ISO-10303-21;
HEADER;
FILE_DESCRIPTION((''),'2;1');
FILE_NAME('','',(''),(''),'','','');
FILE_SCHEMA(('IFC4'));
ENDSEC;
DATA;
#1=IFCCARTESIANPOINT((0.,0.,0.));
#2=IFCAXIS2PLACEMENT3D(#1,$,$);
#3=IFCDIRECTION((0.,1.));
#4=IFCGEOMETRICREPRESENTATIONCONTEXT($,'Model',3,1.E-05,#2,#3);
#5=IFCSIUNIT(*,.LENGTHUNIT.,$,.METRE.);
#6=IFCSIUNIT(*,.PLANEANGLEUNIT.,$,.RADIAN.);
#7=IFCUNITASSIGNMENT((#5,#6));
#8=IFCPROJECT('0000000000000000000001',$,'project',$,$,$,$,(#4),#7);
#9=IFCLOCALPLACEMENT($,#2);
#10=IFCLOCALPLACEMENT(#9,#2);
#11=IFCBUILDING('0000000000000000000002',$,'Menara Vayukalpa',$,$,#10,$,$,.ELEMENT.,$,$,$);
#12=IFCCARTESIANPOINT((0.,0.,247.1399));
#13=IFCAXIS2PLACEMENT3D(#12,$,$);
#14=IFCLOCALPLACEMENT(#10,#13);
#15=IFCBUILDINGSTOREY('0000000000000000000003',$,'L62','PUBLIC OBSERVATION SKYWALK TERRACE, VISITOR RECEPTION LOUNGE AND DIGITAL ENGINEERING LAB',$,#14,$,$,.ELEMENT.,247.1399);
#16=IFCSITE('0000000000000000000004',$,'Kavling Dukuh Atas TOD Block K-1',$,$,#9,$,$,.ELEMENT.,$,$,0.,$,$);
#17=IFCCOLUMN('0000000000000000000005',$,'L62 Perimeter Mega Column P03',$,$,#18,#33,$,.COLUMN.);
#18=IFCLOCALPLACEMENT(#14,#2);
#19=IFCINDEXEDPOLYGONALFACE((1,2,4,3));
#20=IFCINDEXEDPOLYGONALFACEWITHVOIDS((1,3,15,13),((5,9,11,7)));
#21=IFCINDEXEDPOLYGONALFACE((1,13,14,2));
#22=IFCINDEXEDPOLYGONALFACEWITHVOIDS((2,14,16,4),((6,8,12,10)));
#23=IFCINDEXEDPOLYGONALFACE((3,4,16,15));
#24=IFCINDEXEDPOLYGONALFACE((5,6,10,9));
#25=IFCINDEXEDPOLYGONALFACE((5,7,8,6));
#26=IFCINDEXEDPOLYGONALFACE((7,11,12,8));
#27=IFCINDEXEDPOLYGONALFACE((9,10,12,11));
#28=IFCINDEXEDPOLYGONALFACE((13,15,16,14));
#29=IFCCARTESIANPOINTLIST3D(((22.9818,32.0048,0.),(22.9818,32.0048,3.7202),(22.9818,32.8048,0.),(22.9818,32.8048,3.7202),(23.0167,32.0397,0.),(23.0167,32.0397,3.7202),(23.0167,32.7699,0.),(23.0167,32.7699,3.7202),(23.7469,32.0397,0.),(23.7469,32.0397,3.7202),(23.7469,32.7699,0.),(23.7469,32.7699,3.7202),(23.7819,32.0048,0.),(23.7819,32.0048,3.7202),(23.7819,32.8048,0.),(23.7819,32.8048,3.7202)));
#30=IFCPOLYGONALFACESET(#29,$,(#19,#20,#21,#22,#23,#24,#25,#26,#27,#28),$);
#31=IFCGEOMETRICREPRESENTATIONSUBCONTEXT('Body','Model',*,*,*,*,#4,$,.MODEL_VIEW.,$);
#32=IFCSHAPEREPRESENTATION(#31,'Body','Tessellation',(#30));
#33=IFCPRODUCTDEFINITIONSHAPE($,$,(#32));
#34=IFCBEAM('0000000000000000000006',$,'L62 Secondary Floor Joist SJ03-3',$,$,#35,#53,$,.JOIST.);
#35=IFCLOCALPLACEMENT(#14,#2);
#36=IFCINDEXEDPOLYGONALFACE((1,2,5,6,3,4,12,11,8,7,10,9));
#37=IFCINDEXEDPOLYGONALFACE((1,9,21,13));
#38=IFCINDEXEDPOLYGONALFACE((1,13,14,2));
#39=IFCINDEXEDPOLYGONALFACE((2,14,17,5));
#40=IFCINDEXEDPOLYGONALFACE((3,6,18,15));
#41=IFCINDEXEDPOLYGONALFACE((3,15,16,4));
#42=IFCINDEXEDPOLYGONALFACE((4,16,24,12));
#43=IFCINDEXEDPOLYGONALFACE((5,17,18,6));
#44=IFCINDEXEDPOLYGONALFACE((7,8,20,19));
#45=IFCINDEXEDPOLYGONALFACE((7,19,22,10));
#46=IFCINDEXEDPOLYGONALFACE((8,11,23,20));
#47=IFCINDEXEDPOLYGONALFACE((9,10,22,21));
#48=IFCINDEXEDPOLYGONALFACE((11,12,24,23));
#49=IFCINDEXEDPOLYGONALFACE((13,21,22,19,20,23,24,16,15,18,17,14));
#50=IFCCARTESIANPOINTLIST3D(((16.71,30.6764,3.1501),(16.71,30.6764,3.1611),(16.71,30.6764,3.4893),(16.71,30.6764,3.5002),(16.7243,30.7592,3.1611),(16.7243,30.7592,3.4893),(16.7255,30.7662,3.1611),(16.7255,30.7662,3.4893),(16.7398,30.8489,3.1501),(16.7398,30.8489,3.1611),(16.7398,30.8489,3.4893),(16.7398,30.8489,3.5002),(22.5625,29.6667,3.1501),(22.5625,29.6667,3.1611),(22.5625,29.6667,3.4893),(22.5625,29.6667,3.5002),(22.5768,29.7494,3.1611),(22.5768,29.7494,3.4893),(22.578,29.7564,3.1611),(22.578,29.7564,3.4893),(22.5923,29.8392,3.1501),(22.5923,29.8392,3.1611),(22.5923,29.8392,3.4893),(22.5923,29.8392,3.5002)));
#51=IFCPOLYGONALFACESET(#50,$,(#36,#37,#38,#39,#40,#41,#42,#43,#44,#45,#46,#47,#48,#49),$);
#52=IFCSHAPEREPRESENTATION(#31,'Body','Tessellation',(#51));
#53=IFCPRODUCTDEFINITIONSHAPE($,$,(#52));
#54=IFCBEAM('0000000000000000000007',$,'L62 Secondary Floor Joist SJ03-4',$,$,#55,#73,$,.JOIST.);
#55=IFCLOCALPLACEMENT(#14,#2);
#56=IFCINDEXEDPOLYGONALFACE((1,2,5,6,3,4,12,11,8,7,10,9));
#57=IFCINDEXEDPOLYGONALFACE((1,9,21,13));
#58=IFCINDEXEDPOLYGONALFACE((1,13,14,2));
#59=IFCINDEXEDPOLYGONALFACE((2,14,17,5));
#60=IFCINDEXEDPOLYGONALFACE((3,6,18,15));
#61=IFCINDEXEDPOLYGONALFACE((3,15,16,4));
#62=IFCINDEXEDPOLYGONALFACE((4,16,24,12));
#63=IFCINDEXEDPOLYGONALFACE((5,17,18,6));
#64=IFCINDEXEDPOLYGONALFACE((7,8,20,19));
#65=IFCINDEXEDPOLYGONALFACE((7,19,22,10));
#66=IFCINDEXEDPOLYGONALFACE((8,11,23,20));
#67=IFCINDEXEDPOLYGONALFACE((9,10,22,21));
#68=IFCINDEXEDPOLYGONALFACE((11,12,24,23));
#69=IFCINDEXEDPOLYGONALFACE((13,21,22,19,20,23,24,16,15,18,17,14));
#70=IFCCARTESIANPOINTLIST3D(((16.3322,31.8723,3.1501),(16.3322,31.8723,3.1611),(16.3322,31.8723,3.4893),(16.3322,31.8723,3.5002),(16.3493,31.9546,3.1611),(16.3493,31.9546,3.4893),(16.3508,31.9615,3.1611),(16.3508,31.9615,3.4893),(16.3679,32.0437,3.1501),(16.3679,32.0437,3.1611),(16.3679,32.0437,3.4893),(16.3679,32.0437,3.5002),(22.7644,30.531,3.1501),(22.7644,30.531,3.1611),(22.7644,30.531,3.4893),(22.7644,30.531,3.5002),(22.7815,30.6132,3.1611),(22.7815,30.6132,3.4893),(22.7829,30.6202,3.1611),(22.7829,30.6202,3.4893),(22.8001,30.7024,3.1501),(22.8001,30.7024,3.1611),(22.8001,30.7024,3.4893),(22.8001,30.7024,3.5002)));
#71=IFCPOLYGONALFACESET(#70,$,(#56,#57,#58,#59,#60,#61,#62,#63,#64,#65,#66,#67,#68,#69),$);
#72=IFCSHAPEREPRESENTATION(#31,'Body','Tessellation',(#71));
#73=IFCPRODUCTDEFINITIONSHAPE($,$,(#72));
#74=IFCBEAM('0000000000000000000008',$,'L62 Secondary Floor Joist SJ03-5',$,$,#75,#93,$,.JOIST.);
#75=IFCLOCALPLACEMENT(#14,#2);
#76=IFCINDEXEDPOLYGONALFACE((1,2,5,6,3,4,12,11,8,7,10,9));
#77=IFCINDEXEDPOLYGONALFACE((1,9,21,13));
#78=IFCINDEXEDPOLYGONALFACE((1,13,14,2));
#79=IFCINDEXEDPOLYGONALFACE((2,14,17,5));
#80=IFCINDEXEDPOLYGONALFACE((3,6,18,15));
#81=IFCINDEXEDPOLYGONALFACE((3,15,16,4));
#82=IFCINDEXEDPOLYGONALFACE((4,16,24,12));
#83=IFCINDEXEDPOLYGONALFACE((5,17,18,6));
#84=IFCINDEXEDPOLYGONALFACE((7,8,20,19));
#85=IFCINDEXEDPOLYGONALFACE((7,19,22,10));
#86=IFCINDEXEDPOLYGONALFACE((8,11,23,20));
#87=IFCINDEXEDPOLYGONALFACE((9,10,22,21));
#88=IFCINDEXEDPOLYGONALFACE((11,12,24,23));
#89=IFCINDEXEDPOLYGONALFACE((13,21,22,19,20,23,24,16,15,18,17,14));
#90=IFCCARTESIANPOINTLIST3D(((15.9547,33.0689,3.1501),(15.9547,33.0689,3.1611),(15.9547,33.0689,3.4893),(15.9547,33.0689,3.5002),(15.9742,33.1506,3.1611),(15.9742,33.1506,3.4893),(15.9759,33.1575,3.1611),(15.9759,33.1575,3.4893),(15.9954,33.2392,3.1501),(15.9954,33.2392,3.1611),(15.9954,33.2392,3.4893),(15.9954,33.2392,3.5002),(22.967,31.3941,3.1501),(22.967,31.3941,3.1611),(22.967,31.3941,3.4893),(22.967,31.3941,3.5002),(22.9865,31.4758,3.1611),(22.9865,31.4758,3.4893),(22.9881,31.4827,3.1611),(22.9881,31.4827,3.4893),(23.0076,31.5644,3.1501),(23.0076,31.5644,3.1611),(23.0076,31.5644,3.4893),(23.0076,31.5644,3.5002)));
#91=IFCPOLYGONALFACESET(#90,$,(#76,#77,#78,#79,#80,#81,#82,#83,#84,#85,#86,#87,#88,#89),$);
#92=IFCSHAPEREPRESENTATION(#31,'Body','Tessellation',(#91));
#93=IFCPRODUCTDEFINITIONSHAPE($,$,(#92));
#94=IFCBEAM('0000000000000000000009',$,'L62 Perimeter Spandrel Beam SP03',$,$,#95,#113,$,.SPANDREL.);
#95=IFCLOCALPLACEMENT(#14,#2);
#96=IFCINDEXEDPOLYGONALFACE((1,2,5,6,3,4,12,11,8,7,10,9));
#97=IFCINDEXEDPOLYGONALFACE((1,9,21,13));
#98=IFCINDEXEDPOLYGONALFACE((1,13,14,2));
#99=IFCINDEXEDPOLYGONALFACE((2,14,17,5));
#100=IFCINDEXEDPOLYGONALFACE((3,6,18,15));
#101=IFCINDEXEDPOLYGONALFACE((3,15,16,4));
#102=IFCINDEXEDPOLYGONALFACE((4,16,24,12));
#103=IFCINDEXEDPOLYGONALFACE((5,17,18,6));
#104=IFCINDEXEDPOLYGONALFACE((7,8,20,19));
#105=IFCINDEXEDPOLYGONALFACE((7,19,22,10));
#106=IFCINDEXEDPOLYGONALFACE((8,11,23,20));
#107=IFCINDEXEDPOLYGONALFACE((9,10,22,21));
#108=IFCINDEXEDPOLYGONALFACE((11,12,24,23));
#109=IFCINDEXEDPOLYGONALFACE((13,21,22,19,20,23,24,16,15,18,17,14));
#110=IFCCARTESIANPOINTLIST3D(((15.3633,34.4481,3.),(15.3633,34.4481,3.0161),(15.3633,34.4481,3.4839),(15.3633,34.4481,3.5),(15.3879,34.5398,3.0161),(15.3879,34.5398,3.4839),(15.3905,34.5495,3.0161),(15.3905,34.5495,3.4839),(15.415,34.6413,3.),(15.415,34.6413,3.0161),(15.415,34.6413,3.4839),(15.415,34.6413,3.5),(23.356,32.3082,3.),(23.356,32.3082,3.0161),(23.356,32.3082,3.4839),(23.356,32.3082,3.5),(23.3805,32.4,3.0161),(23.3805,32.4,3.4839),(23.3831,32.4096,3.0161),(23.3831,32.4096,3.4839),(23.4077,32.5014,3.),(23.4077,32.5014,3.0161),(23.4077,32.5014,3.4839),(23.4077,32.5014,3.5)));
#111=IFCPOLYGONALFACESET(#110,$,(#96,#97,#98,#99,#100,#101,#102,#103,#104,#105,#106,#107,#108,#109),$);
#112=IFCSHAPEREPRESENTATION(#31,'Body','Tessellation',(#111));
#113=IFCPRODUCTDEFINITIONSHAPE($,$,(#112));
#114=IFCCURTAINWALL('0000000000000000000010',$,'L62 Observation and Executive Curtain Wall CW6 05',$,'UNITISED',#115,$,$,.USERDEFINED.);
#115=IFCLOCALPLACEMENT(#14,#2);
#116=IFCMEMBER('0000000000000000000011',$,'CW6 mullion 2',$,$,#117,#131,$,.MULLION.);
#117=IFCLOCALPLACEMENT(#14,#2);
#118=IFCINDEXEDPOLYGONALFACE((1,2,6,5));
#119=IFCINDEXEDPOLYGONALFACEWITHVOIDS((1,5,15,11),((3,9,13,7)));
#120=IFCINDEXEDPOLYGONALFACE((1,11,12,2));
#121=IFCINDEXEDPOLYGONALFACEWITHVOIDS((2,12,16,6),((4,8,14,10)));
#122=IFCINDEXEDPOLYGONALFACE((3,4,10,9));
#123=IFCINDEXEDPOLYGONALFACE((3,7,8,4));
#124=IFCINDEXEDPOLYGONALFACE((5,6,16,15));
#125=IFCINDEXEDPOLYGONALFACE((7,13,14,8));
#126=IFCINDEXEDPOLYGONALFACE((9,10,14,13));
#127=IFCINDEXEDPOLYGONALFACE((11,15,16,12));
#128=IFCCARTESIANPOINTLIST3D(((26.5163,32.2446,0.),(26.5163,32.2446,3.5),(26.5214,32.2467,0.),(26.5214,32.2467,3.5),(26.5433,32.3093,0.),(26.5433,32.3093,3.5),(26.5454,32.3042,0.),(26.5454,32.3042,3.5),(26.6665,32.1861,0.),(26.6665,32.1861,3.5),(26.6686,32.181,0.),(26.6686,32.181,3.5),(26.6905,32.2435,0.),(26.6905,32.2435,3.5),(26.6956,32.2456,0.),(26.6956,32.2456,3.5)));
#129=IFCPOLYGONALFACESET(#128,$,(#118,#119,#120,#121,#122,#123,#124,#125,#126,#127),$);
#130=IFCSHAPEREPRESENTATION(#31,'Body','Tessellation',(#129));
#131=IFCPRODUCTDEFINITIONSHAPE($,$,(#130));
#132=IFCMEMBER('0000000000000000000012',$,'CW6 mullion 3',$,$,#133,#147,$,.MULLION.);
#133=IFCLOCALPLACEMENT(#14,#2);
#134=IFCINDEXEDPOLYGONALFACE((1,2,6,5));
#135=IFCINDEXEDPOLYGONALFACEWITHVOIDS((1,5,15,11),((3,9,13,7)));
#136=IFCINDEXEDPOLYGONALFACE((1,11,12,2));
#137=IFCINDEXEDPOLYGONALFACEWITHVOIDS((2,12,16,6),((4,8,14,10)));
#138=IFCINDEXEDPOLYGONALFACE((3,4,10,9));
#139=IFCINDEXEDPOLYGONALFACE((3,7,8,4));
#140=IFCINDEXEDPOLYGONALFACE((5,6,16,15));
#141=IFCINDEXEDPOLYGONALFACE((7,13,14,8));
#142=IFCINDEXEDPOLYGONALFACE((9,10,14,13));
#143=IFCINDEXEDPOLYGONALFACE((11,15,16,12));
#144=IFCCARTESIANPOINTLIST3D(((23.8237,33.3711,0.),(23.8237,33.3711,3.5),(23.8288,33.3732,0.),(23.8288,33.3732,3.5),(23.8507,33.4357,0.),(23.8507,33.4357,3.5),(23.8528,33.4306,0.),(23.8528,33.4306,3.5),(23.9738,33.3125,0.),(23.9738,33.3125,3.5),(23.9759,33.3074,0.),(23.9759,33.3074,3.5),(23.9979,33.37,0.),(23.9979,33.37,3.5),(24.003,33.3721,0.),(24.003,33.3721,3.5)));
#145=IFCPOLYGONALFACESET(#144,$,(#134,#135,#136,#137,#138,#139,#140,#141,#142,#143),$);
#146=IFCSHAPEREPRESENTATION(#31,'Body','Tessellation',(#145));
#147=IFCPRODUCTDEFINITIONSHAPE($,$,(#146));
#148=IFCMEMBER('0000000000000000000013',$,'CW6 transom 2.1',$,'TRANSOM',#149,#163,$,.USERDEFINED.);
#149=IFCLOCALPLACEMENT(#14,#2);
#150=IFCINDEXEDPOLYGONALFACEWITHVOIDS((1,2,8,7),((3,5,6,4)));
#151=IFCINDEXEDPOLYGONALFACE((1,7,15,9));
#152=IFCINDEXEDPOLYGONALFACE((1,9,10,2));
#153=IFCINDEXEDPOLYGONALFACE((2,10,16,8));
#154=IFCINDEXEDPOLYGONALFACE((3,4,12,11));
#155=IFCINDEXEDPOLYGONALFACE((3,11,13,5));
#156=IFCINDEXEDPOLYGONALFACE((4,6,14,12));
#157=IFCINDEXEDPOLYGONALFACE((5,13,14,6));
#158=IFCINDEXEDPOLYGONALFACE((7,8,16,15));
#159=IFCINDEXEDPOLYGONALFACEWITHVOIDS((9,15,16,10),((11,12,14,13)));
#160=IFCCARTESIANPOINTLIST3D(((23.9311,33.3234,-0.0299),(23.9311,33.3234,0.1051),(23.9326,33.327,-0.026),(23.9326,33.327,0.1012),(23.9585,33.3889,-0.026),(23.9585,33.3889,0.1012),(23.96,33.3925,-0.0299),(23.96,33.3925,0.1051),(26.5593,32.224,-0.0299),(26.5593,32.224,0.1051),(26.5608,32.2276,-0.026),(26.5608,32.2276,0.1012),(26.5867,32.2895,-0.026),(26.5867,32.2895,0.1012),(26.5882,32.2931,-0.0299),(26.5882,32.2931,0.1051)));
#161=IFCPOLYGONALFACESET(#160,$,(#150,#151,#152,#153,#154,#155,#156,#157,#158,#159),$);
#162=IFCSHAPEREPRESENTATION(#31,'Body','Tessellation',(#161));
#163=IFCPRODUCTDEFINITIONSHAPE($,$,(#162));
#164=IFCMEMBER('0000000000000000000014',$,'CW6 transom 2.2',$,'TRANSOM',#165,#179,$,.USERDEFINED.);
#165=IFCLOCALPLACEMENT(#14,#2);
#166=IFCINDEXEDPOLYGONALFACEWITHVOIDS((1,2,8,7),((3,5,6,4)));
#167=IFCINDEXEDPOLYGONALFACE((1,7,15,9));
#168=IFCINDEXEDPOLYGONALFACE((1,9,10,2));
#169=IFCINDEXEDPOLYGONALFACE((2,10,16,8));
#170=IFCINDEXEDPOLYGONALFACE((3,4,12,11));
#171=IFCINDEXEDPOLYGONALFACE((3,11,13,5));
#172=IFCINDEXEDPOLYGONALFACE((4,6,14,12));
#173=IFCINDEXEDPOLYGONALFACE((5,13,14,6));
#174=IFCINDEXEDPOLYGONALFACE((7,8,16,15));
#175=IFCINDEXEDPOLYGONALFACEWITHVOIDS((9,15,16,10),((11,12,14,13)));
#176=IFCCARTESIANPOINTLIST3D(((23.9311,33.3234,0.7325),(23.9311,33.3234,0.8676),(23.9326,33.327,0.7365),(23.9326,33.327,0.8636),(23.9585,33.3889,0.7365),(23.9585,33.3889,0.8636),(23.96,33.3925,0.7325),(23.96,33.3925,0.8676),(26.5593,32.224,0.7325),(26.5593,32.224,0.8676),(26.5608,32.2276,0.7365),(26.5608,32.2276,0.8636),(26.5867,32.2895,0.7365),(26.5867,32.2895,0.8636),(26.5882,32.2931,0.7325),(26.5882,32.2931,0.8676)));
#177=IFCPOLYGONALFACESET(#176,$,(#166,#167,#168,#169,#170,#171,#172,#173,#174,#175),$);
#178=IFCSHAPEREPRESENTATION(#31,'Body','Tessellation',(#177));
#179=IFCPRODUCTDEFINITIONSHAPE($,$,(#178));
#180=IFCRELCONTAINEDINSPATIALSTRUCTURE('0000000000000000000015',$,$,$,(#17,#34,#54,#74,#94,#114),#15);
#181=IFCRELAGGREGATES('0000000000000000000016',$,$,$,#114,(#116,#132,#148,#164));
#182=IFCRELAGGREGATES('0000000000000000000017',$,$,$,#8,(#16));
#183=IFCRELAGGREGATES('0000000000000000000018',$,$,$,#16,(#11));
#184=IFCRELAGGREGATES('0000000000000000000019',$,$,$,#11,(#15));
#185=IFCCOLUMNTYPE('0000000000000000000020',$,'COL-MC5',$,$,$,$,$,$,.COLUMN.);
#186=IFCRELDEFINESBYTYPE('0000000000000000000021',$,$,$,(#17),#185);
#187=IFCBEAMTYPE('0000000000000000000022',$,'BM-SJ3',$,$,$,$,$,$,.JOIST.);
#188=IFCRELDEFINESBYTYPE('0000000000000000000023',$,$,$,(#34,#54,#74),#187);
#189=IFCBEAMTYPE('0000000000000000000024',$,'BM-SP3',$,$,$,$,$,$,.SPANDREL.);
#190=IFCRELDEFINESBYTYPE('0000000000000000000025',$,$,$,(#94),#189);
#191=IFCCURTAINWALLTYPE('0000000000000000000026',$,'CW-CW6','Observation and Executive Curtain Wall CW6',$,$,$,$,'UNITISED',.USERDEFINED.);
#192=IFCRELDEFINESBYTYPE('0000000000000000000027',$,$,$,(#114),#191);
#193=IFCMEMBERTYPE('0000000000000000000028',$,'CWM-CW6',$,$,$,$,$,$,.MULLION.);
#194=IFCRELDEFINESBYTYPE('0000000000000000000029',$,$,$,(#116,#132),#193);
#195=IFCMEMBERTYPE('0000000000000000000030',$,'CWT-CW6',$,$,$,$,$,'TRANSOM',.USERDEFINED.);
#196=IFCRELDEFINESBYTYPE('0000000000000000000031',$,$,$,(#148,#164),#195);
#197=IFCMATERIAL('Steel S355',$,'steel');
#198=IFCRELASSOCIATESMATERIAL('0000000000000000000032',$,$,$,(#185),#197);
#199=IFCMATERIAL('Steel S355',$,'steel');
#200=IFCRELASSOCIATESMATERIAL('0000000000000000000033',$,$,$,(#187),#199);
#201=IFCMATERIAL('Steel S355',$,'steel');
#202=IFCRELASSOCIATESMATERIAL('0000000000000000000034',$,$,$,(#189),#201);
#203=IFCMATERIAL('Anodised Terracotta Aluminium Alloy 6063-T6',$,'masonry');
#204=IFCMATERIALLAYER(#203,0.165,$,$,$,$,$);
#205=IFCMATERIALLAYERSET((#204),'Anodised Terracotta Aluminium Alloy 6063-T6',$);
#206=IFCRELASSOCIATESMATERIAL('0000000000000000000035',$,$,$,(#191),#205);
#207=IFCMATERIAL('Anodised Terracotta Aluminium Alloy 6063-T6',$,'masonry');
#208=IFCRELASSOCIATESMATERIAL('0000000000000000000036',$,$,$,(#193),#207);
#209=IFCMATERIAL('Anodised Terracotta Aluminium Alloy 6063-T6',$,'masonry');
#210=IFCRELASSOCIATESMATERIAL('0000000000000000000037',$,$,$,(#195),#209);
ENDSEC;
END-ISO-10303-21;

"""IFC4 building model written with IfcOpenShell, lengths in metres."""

from ifc_helpers import new_model, si_unit, direction, frame, origin, origin_2d, place, context, subcontext, project, spatial, hollow_rectangle, i_section, extrude, material, layer, layer_set, material_profile, profile_set, type_object, element, aggregate, save


model = new_model("IFC4")

# Units and contexts
model_context = context("Model", 3, precision=1e-05, world=origin(), true_north=direction((0.0, 1.0)))
body_context = subcontext(model_context, "Body", "Model", "MODEL_VIEW")
ifc_project = project(units=[si_unit("LENGTHUNIT", "METRE"), si_unit("PLANEANGLEUNIT", "RADIAN")], contexts=[model_context])

# Site, building, storey
site_placement = place(None, origin())
site = spatial("IfcSite", under=ifc_project, at=site_placement, Name="Kavling Dukuh Atas TOD Block K-1", CompositionType="ELEMENT", RefElevation=0.0)
building_placement = place(site_placement, origin())
building = spatial("IfcBuilding", under=site, at=building_placement, Name="Menara Vayukalpa", CompositionType="ELEMENT")
storey_placement = place(building_placement, frame((0.0, 0.0, 247.1399)))
storey = spatial("IfcBuildingStorey", under=building, at=storey_placement, Name="L62", Description="PUBLIC OBSERVATION SKYWALK TERRACE, VISITOR RECEPTION LOUNGE AND DIGITAL ENGINEERING LAB", CompositionType="ELEMENT", Elevation=247.1399)

# Column
ifc_material_1 = material(Name="Steel S355", Category="steel")
ifc_material_profile_1 = material_profile(ifc_material_1, hollow_rectangle(XDim=0.8, YDim=0.8, WallThickness=0.0349, at=origin_2d()), Name="BOX 800x800x35")
ifc_profile_set_1 = profile_set([ifc_material_profile_1], Name="Steel S355")
column_type = type_object("IfcColumnType", Name="COL-MC5", PredefinedType="COLUMN", material=ifc_profile_set_1)
column_placement = place(storey_placement, frame((23.3818, 32.4048, 0.0), z_axis=(0.0, 0.0, 1.0), x_axis=(1.0, 0.0, 0.0)))
element("IfcColumn", 1, at=column_placement, inside=storey, type_object=column_type, Name="L62 Perimeter Mega Column P03", PredefinedType="COLUMN", context=body_context, shape_type="SweptSolid", body=[
    extrude(hollow_rectangle(XDim=0.8, YDim=0.8, WallThickness=0.0349, at=origin_2d()), origin(), (0.0, 0.0, 1.0), 3.7202),
])

# Beams
ifc_material_2 = material(Name="Steel S355", Category="steel")
ifc_material_profile_2 = material_profile(ifc_material_2, i_section(OverallWidth=0.175, OverallDepth=0.3501, WebThickness=0.0071, FlangeThickness=0.011, at=origin_2d()), Name="WF 350x175x7x11")
ifc_profile_set_2 = profile_set([ifc_material_profile_2], Name="Steel S355")
beam_type_1 = type_object("IfcBeamType", Name="BM-SJ3", PredefinedType="JOIST", material=ifc_profile_set_2)
beam_1_placement = place(storey_placement, frame((22.5774, 29.7529, 3.3252), z_axis=(-0.98544, 0.170023, 0.0), x_axis=(-0.170023, -0.98544, 0.0)))
element("IfcBeam", 2, at=beam_1_placement, inside=storey, type_object=beam_type_1, Name="L62 Secondary Floor Joist SJ03-3", PredefinedType="JOIST", context=body_context, shape_type="SweptSolid", body=[
    extrude(i_section(OverallWidth=0.175, OverallDepth=0.3501, WebThickness=0.0071, FlangeThickness=0.011, at=origin_2d()), origin(), (0.0, 0.0, 1.0), 5.939),
])
beam_2_placement = place(storey_placement, frame((22.7822, 30.6167, 3.3252), z_axis=(-0.978941, 0.204141, 0.0), x_axis=(-0.204141, -0.978941, 0.0)))
element("IfcBeam", 3, at=beam_2_placement, inside=storey, type_object=beam_type_1, Name="L62 Secondary Floor Joist SJ03-4", PredefinedType="JOIST", context=body_context, shape_type="SweptSolid", body=[
    extrude(i_section(OverallWidth=0.175, OverallDepth=0.3501, WebThickness=0.0071, FlangeThickness=0.011, at=origin_2d()), origin(), (0.0, 0.0, 1.0), 6.5706),
])
beam_3_placement = place(storey_placement, frame((22.9873, 31.4792, 3.3252), z_axis=(-0.972642, 0.232307, 0.0), x_axis=(-0.232307, -0.972642, 0.0)))
element("IfcBeam", 4, at=beam_3_placement, inside=storey, type_object=beam_type_1, Name="L62 Secondary Floor Joist SJ03-5", PredefinedType="JOIST", context=body_context, shape_type="SweptSolid", body=[
    extrude(i_section(OverallWidth=0.175, OverallDepth=0.3501, WebThickness=0.0071, FlangeThickness=0.011, at=origin_2d()), origin(), (0.0, 0.0, 1.0), 7.2095),
])
ifc_material_3 = material(Name="Steel S355", Category="steel")
ifc_material_profile_3 = material_profile(ifc_material_3, i_section(OverallWidth=0.2, OverallDepth=0.5, WebThickness=0.01, FlangeThickness=0.0161, at=origin_2d()), Name="WF 500x200x10x16")
ifc_profile_set_3 = profile_set([ifc_material_profile_3], Name="Steel S355")
beam_type_2 = type_object("IfcBeamType", Name="BM-SP3", PredefinedType="SPANDREL", material=ifc_profile_set_3)
beam_4_placement = place(storey_placement, frame((23.3818, 32.4048, 3.25), z_axis=(-0.965978, 0.258623, 0.0), x_axis=(-0.258623, -0.965978, 0.0)))
element("IfcBeam", 5, at=beam_4_placement, inside=storey, type_object=beam_type_2, Name="L62 Perimeter Spandrel Beam SP03", PredefinedType="SPANDREL", context=body_context, shape_type="SweptSolid", body=[
    extrude(i_section(OverallWidth=0.2, OverallDepth=0.5, WebThickness=0.01, FlangeThickness=0.0161, at=origin_2d()), origin(), (0.0, 0.0, 1.0), 8.2742),
])

# Curtain wall, members
ifc_material_4 = material(Name="Anodised Terracotta Aluminium Alloy 6063-T6", Category="masonry")
ifc_layer_1 = layer(ifc_material_4, 0.165)
ifc_layer_set_1 = layer_set([ifc_layer_1], Name="Anodised Terracotta Aluminium Alloy 6063-T6")
curtain_wall_type = type_object("IfcCurtainWallType", Name="CW-CW6", Description="Observation and Executive Curtain Wall CW6", ElementType="UNITISED", PredefinedType="USERDEFINED", material=ifc_layer_set_1)
curtain_wall_placement = place(storey_placement, origin())
curtain_wall = element("IfcCurtainWall", 6, at=curtain_wall_placement, inside=storey, type_object=curtain_wall_type, Name="L62 Observation and Executive Curtain Wall CW6 05", ObjectType="UNITISED", PredefinedType="USERDEFINED")
ifc_material_5 = material(Name="Anodised Terracotta Aluminium Alloy 6063-T6", Category="masonry")
ifc_material_profile_4 = material_profile(ifc_material_5, hollow_rectangle(XDim=0.0701, YDim=0.165, WallThickness=0.0039, at=origin_2d()), Name="ALU 70x165x4")
ifc_profile_set_4 = profile_set([ifc_material_profile_4], Name="Anodised Terracotta Aluminium Alloy 6063-T6")
member_type_1 = type_object("IfcMemberType", Name="CWM-CW6", PredefinedType="MULLION", material=ifc_profile_set_4)
member_1_placement = place(storey_placement, frame((26.606, 32.2451, 0.0), z_axis=(0.0, 0.0, 1.0), x_axis=(-0.3859, -0.922541, 0.0)))
member_1 = element("IfcMember", 7, at=member_1_placement, type_object=member_type_1, Name="CW6 mullion 2", PredefinedType="MULLION", context=body_context, shape_type="SweptSolid", body=[
    extrude(hollow_rectangle(XDim=0.0701, YDim=0.165, WallThickness=0.0039, at=origin_2d()), origin(), (0.0, 0.0, 1.0), 3.5),
])
member_2_placement = place(storey_placement, frame((23.9133, 33.3716, 0.0), z_axis=(0.0, 0.0, 1.0), x_axis=(-0.3859, -0.922541, 0.0)))
member_2 = element("IfcMember", 8, at=member_2_placement, type_object=member_type_1, Name="CW6 mullion 3", PredefinedType="MULLION", context=body_context, shape_type="SweptSolid", body=[
    extrude(hollow_rectangle(XDim=0.0701, YDim=0.165, WallThickness=0.0039, at=origin_2d()), origin(), (0.0, 0.0, 1.0), 3.5),
])
ifc_material_6 = material(Name="Anodised Terracotta Aluminium Alloy 6063-T6", Category="masonry")
ifc_material_profile_5 = material_profile(ifc_material_6, hollow_rectangle(XDim=0.075, YDim=0.135, WallThickness=0.0039, at=origin_2d()), Name="ALU 75x135x4")
ifc_profile_set_5 = profile_set([ifc_material_profile_5], Name="Anodised Terracotta Aluminium Alloy 6063-T6")
member_type_2 = type_object("IfcMemberType", Name="CWT-CW6", ElementType="TRANSOM", PredefinedType="USERDEFINED", material=ifc_profile_set_5)
member_3_placement = place(storey_placement, frame((26.5737, 32.2585, 0.0376), z_axis=(-0.922541, 0.385899, 0.0), x_axis=(-0.385899, -0.922541, 0.0)))
member_3 = element("IfcMember", 9, at=member_3_placement, type_object=member_type_2, Name="CW6 transom 2.1", ObjectType="TRANSOM", PredefinedType="USERDEFINED", context=body_context, shape_type="SweptSolid", body=[
    extrude(hollow_rectangle(XDim=0.075, YDim=0.135, WallThickness=0.0039, at=origin_2d()), origin(), (0.0, 0.0, 1.0), 2.8489),
])
member_4_placement = place(storey_placement, frame((26.5737, 32.2585, 0.8), z_axis=(-0.922541, 0.385899, 0.0), x_axis=(-0.385899, -0.922541, 0.0)))
member_4 = element("IfcMember", 10, at=member_4_placement, type_object=member_type_2, Name="CW6 transom 2.2", ObjectType="TRANSOM", PredefinedType="USERDEFINED", context=body_context, shape_type="SweptSolid", body=[
    extrude(hollow_rectangle(XDim=0.075, YDim=0.135, WallThickness=0.0039, at=origin_2d()), origin(), (0.0, 0.0, 1.0), 2.8489),
])
aggregate(curtain_wall, [member_1, member_2, member_3, member_4])

save(model, "model.ifc")
